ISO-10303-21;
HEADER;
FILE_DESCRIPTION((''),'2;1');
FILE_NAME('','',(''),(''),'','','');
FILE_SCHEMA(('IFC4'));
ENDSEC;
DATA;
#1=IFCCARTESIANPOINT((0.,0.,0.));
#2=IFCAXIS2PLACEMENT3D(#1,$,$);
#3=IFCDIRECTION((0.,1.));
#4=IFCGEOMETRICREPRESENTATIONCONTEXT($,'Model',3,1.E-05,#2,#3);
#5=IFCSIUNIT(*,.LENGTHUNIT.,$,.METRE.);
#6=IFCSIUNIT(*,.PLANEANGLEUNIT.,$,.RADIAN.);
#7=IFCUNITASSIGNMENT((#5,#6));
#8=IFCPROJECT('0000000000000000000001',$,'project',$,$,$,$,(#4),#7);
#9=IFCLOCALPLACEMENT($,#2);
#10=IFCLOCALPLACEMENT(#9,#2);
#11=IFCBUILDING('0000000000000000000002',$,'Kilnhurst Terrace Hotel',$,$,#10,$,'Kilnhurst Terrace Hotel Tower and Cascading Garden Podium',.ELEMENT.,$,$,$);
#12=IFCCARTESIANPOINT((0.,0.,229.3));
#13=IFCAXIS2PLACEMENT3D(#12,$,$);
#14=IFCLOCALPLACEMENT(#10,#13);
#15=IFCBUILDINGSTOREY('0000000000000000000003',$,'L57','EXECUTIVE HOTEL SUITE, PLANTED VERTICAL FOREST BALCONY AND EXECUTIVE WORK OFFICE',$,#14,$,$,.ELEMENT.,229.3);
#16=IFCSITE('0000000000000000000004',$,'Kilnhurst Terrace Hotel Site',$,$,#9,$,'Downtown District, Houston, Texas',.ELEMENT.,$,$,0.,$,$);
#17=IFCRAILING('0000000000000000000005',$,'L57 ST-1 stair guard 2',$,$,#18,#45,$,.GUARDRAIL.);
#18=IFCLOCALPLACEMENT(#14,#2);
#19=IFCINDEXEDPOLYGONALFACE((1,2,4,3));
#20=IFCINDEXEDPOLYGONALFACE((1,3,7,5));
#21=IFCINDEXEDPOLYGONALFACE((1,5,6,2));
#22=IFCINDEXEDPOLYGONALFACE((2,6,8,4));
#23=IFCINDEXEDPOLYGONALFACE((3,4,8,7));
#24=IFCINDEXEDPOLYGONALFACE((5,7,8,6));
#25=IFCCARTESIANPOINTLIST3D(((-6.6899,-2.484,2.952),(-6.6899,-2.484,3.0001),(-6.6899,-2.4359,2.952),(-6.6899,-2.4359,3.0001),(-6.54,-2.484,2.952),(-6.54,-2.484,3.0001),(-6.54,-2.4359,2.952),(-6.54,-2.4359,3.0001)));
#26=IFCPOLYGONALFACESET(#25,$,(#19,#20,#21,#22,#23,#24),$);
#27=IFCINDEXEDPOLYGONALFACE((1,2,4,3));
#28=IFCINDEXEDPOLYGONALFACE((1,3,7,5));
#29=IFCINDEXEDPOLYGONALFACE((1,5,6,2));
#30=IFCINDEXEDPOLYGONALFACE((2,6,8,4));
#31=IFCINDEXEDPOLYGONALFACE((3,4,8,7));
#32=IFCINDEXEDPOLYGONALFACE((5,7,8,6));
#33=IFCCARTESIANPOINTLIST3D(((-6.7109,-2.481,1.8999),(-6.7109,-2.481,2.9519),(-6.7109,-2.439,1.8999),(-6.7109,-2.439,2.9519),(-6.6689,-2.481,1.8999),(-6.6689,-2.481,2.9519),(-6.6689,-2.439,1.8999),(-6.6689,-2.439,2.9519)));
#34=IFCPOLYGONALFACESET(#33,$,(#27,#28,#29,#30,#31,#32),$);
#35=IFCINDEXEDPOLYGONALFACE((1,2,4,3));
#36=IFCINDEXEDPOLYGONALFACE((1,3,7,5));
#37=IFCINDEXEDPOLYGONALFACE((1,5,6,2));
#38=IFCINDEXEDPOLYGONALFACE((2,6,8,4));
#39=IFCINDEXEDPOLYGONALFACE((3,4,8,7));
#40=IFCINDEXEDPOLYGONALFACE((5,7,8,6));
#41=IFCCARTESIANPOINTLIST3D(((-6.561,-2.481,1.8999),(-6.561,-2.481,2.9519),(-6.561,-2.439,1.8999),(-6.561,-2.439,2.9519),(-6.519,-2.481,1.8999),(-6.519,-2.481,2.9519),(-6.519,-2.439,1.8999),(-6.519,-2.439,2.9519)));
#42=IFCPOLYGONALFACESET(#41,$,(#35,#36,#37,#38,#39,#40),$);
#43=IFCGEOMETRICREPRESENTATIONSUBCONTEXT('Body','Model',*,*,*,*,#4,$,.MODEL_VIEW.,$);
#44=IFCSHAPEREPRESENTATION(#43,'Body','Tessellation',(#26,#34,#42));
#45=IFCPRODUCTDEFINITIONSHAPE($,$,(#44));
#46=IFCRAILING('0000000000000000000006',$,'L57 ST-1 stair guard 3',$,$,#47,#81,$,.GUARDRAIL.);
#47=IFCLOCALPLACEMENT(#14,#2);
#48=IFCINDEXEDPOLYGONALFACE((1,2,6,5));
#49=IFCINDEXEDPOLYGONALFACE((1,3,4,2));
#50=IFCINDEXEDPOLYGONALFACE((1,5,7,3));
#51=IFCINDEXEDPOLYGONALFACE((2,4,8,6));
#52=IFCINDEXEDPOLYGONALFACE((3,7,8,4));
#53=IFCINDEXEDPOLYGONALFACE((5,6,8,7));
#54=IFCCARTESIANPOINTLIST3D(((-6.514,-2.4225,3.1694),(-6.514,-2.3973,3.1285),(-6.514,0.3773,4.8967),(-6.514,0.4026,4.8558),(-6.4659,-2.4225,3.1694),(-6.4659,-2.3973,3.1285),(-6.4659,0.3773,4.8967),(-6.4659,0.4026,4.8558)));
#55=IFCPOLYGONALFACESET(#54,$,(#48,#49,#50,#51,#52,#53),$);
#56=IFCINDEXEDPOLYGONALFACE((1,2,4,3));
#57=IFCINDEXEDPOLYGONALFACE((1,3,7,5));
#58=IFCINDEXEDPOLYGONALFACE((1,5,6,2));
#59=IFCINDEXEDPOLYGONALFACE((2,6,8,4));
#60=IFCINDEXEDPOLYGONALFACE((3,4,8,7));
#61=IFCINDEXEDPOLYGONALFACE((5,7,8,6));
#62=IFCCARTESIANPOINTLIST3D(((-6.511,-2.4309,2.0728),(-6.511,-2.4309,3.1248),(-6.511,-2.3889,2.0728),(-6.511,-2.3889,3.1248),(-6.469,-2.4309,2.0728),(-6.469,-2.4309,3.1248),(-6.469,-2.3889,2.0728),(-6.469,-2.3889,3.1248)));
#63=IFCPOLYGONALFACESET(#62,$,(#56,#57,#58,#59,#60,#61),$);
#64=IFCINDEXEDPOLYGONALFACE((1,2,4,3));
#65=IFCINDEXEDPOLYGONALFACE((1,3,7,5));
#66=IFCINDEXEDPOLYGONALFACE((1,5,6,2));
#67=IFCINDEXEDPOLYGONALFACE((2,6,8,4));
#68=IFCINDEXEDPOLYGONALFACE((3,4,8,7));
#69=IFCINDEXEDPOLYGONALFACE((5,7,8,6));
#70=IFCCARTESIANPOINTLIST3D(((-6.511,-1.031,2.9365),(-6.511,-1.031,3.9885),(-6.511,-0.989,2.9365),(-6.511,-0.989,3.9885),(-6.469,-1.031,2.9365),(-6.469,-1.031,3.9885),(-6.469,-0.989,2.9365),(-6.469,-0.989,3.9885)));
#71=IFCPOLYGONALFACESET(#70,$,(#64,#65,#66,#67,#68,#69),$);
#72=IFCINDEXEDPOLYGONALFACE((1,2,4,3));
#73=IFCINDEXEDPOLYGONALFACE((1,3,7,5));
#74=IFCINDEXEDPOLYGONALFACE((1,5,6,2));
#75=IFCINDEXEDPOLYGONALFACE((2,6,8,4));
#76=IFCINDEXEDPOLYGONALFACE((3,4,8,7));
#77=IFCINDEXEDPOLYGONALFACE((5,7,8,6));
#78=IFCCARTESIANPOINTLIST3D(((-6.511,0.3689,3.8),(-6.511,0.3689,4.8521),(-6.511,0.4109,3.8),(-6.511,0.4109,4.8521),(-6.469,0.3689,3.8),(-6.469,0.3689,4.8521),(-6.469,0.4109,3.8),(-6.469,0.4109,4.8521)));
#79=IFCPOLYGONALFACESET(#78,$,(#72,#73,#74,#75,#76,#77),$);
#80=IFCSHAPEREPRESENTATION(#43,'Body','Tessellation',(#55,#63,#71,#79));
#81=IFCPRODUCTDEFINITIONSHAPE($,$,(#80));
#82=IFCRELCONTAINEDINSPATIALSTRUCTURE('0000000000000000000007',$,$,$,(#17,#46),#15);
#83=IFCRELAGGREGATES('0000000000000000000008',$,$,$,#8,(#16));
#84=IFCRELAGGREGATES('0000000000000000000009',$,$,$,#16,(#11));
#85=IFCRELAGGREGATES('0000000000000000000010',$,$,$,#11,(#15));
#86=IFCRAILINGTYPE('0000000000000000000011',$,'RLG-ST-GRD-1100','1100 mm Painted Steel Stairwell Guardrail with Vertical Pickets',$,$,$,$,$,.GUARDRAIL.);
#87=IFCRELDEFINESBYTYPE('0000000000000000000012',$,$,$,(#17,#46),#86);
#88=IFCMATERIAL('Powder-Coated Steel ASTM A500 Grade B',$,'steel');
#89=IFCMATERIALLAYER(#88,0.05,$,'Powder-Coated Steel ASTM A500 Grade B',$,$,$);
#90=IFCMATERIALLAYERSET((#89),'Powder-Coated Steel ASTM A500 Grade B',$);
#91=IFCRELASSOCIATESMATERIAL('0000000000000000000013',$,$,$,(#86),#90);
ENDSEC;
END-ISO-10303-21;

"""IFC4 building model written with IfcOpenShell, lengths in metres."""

from ifc_helpers import new_model, si_unit, direction, frame, origin, origin_2d, place, context, subcontext, project, spatial, rectangle, extrude, material, layer, layer_set, type_object, element, save


model = new_model("IFC4")

# Units and contexts
model_context = context("Model", 3, precision=1e-05, world=origin(), true_north=direction((0.0, 1.0)))
body_context = subcontext(model_context, "Body", "Model", "MODEL_VIEW")
ifc_project = project(units=[si_unit("LENGTHUNIT", "METRE"), si_unit("PLANEANGLEUNIT", "RADIAN")], contexts=[model_context])

# Site, building, storey
site_placement = place(None, origin())
site = spatial("IfcSite", under=ifc_project, at=site_placement, Name="Kilnhurst Terrace Hotel Site", LongName="Downtown District, Houston, Texas", CompositionType="ELEMENT", RefElevation=0.0)
building_placement = place(site_placement, origin())
building = spatial("IfcBuilding", under=site, at=building_placement, Name="Kilnhurst Terrace Hotel", LongName="Kilnhurst Terrace Hotel Tower and Cascading Garden Podium", CompositionType="ELEMENT")
storey_placement = place(building_placement, frame((0.0, 0.0, 229.3)))
storey = spatial("IfcBuildingStorey", under=building, at=storey_placement, Name="L57", Description="EXECUTIVE HOTEL SUITE, PLANTED VERTICAL FOREST BALCONY AND EXECUTIVE WORK OFFICE", CompositionType="ELEMENT", Elevation=229.3)

# Railings
ifc_material_1 = material(Name="Powder-Coated Steel ASTM A500 Grade B", Category="steel")
ifc_layer_1 = layer(ifc_material_1, 0.05, Name="Powder-Coated Steel ASTM A500 Grade B")
ifc_layer_set_1 = layer_set([ifc_layer_1], Name="Powder-Coated Steel ASTM A500 Grade B")
railing_type = type_object("IfcRailingType", Name="RLG-ST-GRD-1100", Description="1100 mm Painted Steel Stairwell Guardrail with Vertical Pickets", PredefinedType="GUARDRAIL", material=ifc_layer_set_1)
railing_1_placement = place(storey_placement, frame((-6.6899, -2.46, 1.8999)))
element("IfcRailing", 1, at=railing_1_placement, inside=storey, type_object=railing_type, Name="L57 ST-1 stair guard 2", PredefinedType="GUARDRAIL", context=body_context, shape_type="SweptSolid", body=[
    extrude(rectangle(XDim=0.0481, YDim=0.0481, at=origin_2d()), frame((0.0, 0.0, 1.0762), z_axis=(1.0, 0.0, 0.0), x_axis=(0.0, 1.0, 0.0)), (0.0, 0.0, 1.0), 0.1499),
    extrude(rectangle(XDim=0.042, YDim=0.042, at=origin_2d()), origin(), (0.0, 0.0, 1.0), 1.052),
    extrude(rectangle(XDim=0.042, YDim=0.042, at=origin_2d()), frame((0.1499, 0.0, 0.0)), (0.0, 0.0, 1.0), 1.052),
])
railing_2_placement = place(storey_placement, frame((-6.49, -2.4099, 2.0728)))
element("IfcRailing", 2, at=railing_2_placement, inside=storey, type_object=railing_type, Name="L57 ST-1 stair guard 3", PredefinedType="GUARDRAIL", context=body_context, shape_type="SweptSolid", body=[
    extrude(rectangle(XDim=0.0481, YDim=0.0481, at=origin_2d()), frame((0.0, 0.0, 1.0762), z_axis=(0.0, 0.851069, 0.525054), x_axis=(-1.0, 0.0, 0.0)), (0.0, 0.0, 1.0), 3.2898),
    extrude(rectangle(XDim=0.042, YDim=0.042, at=origin_2d()), origin(), (0.0, 0.0, 1.0), 1.052),
    extrude(rectangle(XDim=0.042, YDim=0.042, at=origin_2d()), frame((0.0, 1.3999, 0.8638)), (0.0, 0.0, 1.0), 1.052),
    extrude(rectangle(XDim=0.042, YDim=0.042, at=origin_2d()), frame((0.0, 2.7998, 1.7273)), (0.0, 0.0, 1.0), 1.052),
])

save(model, "model.ifc")
